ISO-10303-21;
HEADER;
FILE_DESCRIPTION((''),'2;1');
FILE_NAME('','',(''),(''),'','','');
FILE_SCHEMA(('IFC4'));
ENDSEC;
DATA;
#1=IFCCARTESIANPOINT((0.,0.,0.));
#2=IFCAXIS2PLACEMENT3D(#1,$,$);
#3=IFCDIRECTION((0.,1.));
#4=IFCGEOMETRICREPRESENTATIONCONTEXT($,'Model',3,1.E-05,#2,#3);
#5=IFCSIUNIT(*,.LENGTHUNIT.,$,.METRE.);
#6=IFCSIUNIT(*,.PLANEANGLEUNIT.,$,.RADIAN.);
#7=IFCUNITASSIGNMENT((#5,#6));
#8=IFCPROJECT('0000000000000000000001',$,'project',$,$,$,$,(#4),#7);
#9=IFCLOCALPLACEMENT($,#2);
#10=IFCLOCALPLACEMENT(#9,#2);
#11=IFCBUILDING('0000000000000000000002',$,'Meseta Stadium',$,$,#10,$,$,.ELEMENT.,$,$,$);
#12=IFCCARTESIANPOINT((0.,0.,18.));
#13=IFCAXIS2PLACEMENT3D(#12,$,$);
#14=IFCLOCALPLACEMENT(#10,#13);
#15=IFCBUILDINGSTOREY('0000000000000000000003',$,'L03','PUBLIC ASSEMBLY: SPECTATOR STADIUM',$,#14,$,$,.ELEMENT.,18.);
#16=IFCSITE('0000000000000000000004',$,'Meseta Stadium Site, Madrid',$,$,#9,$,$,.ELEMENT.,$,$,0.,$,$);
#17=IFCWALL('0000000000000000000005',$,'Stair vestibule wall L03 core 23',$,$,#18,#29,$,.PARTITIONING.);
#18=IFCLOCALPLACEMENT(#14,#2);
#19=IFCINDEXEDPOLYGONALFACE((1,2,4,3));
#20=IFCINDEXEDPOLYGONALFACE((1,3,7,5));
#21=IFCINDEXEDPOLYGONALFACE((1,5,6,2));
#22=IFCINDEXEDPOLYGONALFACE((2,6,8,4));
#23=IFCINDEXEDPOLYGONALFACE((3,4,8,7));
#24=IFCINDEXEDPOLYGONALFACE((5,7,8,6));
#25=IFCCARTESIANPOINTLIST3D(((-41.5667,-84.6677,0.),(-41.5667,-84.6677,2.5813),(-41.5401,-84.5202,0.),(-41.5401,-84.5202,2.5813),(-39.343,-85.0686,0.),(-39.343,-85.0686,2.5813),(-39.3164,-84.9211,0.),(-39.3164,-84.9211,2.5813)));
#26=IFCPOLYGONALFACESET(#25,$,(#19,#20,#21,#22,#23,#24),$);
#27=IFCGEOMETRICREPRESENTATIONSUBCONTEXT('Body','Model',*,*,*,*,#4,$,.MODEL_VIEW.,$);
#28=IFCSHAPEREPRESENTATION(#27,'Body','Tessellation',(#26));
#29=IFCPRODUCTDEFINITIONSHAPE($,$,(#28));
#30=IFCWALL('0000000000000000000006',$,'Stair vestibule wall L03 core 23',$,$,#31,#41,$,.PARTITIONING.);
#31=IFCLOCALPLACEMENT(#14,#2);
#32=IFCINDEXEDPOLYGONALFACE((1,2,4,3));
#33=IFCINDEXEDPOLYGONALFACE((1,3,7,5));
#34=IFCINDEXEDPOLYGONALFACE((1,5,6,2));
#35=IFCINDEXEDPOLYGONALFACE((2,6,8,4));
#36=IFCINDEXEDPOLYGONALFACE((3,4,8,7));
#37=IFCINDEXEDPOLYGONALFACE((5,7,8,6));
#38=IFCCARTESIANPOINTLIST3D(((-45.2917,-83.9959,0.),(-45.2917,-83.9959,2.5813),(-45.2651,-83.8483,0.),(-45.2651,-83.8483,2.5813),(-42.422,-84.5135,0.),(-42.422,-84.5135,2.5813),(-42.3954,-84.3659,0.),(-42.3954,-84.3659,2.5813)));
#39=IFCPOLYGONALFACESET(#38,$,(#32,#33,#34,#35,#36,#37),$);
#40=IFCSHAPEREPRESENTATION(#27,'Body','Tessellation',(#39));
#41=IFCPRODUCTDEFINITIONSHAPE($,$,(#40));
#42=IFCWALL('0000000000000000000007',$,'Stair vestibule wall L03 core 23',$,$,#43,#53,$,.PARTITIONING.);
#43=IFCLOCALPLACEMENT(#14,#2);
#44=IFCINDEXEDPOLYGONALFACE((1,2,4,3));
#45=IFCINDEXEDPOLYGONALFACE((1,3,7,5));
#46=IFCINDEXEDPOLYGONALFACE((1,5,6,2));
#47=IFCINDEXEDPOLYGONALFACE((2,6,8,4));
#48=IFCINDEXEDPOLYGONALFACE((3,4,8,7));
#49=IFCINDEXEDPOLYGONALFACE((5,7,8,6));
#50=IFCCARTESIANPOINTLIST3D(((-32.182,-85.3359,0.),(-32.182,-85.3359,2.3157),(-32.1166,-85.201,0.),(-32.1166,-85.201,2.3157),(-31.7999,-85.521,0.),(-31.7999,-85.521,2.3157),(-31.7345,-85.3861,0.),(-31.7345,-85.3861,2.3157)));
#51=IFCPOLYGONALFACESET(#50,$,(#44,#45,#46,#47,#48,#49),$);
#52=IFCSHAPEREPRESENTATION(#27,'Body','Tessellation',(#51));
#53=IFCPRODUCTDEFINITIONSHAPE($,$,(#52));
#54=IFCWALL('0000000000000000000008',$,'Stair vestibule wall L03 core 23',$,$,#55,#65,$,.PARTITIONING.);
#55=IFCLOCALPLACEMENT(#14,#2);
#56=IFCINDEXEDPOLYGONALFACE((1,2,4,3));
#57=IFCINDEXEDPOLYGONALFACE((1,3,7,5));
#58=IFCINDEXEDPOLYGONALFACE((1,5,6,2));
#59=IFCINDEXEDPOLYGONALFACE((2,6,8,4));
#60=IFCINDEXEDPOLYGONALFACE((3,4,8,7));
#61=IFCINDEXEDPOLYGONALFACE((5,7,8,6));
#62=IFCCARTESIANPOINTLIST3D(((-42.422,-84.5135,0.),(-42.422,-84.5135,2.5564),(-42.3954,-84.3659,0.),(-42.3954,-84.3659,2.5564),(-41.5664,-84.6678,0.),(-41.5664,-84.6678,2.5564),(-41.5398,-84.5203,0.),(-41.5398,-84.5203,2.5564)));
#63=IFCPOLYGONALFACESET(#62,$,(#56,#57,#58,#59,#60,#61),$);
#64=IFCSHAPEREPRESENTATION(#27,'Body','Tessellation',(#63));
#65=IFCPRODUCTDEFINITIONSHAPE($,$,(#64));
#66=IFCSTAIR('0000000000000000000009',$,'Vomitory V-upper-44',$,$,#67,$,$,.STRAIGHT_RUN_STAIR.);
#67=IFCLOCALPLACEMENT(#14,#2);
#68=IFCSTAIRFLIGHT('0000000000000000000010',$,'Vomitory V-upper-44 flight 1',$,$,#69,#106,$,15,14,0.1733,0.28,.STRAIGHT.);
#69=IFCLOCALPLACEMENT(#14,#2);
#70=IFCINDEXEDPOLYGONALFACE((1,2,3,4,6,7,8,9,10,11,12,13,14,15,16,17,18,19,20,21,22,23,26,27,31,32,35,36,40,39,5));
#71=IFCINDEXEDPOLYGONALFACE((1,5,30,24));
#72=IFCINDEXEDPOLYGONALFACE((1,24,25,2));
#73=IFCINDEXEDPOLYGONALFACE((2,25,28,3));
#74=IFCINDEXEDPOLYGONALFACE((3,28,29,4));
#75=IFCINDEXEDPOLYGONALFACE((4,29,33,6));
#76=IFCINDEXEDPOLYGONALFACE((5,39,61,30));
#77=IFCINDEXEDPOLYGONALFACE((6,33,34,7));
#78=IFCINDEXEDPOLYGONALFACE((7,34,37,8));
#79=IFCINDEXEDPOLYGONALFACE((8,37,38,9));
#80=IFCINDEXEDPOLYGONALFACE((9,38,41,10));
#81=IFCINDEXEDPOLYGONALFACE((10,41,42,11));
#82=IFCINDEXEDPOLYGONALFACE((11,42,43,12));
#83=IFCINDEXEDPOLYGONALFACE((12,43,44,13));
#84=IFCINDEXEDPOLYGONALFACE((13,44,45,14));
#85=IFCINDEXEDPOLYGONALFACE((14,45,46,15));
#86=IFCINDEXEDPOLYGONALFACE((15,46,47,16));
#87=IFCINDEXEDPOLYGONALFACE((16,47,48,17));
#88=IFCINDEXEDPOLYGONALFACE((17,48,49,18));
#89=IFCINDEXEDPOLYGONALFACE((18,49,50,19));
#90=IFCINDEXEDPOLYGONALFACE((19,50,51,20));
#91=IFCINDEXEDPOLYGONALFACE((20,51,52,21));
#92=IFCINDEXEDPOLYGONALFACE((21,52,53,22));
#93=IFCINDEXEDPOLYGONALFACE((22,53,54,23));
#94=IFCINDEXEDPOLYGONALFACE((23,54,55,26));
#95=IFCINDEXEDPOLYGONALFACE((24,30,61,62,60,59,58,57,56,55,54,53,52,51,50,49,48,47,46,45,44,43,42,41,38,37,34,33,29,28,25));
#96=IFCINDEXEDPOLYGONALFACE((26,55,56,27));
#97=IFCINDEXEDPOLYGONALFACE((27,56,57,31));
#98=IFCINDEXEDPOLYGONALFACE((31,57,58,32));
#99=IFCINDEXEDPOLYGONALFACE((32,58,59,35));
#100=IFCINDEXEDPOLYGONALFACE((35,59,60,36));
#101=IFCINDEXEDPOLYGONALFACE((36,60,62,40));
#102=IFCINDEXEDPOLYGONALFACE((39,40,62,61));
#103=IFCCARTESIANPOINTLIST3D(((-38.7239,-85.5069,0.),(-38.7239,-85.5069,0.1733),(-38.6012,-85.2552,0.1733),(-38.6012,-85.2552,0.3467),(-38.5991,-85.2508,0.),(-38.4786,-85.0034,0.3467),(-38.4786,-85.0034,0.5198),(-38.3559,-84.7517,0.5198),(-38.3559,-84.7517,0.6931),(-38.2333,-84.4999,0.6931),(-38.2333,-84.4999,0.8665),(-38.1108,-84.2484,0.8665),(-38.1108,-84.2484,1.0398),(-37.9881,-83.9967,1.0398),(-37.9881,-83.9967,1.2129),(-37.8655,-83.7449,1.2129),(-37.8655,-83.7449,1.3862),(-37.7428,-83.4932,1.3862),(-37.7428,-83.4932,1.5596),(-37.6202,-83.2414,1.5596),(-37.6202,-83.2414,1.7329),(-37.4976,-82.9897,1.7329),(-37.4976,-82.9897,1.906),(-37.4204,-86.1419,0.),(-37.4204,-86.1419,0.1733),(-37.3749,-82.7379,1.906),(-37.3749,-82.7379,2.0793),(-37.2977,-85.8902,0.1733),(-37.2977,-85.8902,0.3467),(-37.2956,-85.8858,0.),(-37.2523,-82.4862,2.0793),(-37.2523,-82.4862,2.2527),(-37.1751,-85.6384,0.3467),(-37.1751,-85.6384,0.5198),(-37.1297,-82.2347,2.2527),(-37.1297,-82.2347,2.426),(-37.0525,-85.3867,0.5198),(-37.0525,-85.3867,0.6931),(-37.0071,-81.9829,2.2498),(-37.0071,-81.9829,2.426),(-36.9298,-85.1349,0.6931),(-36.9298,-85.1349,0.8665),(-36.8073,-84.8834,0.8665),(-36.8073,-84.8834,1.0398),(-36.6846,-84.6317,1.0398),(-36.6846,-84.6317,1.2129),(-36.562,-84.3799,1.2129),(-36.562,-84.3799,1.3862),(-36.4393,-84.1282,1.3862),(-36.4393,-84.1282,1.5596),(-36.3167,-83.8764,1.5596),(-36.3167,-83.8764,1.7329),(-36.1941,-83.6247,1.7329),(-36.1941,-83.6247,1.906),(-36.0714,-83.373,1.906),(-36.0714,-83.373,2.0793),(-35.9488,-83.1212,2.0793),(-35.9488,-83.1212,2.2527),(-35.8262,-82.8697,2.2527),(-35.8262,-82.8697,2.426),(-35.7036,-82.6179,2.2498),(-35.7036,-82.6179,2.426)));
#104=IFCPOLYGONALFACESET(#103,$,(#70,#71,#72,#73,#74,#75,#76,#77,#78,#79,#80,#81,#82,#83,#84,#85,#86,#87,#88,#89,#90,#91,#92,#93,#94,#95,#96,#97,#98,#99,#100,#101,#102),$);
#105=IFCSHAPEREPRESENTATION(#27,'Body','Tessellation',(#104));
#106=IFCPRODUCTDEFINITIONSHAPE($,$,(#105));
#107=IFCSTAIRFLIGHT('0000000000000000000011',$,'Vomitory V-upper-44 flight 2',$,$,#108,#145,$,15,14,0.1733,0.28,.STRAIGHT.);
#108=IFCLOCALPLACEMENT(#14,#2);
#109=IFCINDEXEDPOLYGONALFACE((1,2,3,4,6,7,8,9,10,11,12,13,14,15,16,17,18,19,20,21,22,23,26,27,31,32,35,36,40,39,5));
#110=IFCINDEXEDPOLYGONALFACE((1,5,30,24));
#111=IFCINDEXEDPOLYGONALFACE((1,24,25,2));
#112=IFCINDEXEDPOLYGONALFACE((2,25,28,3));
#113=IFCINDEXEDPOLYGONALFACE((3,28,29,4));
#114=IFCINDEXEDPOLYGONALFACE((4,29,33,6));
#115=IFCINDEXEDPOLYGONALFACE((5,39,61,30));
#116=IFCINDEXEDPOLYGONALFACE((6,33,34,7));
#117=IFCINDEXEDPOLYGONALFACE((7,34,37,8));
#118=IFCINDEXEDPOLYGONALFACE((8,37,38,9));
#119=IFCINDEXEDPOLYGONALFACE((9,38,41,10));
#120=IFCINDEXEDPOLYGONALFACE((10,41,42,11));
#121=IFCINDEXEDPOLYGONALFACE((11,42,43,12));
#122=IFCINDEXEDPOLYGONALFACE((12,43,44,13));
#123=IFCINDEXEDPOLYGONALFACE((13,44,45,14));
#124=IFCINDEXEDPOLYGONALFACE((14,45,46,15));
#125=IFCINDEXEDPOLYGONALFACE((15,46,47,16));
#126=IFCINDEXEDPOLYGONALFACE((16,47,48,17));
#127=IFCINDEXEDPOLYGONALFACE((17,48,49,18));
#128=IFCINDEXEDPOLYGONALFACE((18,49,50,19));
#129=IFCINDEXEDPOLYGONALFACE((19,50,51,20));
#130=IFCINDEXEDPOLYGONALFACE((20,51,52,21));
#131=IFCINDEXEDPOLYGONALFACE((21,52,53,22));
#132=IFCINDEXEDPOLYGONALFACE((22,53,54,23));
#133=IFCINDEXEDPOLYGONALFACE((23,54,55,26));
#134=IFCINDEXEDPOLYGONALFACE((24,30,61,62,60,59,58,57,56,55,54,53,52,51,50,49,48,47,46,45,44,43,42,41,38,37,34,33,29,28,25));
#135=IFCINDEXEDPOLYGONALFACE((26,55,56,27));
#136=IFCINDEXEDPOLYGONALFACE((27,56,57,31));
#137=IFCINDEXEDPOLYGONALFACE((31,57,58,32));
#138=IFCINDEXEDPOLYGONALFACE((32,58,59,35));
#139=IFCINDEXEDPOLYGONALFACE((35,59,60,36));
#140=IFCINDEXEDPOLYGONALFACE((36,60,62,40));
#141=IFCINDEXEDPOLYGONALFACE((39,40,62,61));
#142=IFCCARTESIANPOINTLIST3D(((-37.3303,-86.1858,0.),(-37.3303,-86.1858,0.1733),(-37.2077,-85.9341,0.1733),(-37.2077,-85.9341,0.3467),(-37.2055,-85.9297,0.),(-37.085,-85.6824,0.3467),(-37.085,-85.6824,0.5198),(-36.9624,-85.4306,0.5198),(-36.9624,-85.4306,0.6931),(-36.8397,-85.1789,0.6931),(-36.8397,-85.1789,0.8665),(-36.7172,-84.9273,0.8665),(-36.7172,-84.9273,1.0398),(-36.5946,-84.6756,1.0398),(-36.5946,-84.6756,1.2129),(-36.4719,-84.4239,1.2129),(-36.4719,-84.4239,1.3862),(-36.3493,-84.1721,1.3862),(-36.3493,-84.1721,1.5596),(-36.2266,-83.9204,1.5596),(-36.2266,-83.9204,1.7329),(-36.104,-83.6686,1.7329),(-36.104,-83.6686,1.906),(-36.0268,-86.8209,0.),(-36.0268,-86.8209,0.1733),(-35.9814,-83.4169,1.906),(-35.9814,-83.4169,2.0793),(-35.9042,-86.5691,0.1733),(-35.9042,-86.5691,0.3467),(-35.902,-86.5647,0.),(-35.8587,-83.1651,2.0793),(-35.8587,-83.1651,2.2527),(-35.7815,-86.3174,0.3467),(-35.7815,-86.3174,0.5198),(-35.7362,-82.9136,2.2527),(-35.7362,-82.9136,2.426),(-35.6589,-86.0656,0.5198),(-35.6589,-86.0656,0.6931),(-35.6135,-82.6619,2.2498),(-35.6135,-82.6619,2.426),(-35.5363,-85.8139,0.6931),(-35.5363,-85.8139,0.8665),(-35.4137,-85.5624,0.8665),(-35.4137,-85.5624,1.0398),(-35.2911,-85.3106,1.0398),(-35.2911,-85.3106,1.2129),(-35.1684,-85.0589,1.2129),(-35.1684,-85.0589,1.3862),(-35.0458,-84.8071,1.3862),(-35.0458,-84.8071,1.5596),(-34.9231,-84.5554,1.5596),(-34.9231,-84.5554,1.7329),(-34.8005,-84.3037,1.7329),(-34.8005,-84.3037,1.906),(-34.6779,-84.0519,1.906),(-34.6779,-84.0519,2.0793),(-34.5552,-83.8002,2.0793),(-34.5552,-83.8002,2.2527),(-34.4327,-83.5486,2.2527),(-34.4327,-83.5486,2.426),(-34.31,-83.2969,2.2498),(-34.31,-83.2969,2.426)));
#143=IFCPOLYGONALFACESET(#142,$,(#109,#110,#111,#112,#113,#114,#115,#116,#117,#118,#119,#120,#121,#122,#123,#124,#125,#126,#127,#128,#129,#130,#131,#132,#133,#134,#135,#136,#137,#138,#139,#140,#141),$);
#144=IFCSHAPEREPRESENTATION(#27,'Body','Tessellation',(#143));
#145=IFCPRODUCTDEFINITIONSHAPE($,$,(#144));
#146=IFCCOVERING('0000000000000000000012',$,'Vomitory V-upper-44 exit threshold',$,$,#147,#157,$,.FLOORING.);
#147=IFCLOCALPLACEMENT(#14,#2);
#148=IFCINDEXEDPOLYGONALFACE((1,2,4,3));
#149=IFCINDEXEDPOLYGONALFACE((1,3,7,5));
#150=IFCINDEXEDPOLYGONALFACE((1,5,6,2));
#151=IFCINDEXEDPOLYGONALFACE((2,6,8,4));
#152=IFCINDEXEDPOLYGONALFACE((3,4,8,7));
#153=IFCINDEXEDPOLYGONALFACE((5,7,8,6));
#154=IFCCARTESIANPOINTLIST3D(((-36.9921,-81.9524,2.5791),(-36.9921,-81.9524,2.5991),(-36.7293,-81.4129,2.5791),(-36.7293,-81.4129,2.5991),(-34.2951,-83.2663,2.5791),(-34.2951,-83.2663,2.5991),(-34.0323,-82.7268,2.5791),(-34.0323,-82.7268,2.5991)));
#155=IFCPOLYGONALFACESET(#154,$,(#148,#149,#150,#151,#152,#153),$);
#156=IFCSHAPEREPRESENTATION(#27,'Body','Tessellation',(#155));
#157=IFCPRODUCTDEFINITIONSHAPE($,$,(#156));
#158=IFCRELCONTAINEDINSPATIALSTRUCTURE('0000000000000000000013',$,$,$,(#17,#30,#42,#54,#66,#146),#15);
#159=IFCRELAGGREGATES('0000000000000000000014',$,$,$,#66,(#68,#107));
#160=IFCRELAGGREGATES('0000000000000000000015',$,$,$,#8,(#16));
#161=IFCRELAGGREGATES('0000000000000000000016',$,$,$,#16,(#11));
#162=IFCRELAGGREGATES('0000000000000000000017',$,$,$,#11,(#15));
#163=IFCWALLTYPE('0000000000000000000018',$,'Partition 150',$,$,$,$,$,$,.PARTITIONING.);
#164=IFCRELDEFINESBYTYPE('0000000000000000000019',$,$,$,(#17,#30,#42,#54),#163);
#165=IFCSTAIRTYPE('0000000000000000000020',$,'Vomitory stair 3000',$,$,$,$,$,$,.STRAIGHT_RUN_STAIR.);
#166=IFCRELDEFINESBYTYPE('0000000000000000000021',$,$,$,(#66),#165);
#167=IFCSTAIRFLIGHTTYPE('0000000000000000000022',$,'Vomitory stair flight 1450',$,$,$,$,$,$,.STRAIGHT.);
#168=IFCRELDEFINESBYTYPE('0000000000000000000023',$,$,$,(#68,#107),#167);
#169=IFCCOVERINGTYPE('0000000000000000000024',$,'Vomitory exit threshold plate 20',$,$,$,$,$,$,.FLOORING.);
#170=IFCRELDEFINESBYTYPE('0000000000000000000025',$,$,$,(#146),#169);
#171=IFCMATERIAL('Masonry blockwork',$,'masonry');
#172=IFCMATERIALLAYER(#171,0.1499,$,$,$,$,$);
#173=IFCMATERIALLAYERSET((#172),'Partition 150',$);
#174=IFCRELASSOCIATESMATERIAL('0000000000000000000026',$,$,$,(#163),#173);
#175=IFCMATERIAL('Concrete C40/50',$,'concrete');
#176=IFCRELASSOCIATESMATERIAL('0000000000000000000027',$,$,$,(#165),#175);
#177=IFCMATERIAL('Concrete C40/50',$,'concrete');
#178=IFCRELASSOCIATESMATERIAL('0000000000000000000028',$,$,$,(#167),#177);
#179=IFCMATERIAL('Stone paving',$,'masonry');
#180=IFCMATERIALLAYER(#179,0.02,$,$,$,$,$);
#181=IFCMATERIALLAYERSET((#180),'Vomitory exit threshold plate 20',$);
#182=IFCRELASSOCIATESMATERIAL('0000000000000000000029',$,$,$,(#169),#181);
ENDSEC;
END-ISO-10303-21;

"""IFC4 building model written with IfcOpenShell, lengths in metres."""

from ifc_helpers import new_model, si_unit, direction, frame, frame_2d, origin, origin_2d, place, context, subcontext, project, spatial, polyline, rectangle, outline, extrude, material, layer, layer_set, type_object, element, aggregate, save


model = new_model("IFC4")

# Units and contexts
model_context = context("Model", 3, precision=1e-05, world=origin(), true_north=direction((0.0, 1.0)))
body_context = subcontext(model_context, "Body", "Model", "MODEL_VIEW")
ifc_project = project(units=[si_unit("LENGTHUNIT", "METRE"), si_unit("PLANEANGLEUNIT", "RADIAN")], contexts=[model_context])

# Site, building, storey
site_placement = place(None, origin())
site = spatial("IfcSite", under=ifc_project, at=site_placement, Name="Meseta Stadium Site, Madrid", CompositionType="ELEMENT", RefElevation=0.0)
building_placement = place(site_placement, origin())
building = spatial("IfcBuilding", under=site, at=building_placement, Name="Meseta Stadium", CompositionType="ELEMENT")
storey_placement = place(building_placement, frame((0.0, 0.0, 18.0)))
storey = spatial("IfcBuildingStorey", under=building, at=storey_placement, Name="L03", Description="PUBLIC ASSEMBLY: SPECTATOR STADIUM", CompositionType="ELEMENT", Elevation=18.0)

# Walls
ifc_material_1 = material(Name="Masonry blockwork", Category="masonry")
ifc_layer_1 = layer(ifc_material_1, 0.1499)
ifc_layer_set_1 = layer_set([ifc_layer_1], Name="Partition 150")
wall_type = type_object("IfcWallType", Name="Partition 150", PredefinedType="PARTITIONING", material=ifc_layer_set_1)
wall_1_placement = place(storey_placement, frame((-39.3296, -84.9949, 0.0), z_axis=(0.0, 0.0, 1.0), x_axis=(-0.984135, 0.177421, 0.0)))
element("IfcWall", 1, at=wall_1_placement, inside=storey, type_object=wall_type, Name="Stair vestibule wall L03 core 23", PredefinedType="PARTITIONING", context=body_context, shape_type="SweptSolid", body=[
    extrude(rectangle(XDim=2.2595, YDim=0.1499, at=frame_2d((1.1299, 0.0))), origin(), (0.0, 0.0, 1.0), 2.5813),
])
wall_2_placement = place(storey_placement, frame((-42.4087, -84.4397, 0.0), z_axis=(0.0, 0.0, 1.0), x_axis=(-0.984121, 0.1775, 0.0)))
element("IfcWall", 2, at=wall_2_placement, inside=storey, type_object=wall_type, Name="Stair vestibule wall L03 core 23", PredefinedType="PARTITIONING", context=body_context, shape_type="SweptSolid", body=[
    extrude(rectangle(XDim=2.916, YDim=0.1499, at=frame_2d((1.458, 0.0))), origin(), (0.0, 0.0, 1.0), 2.5813),
])
wall_3_placement = place(storey_placement, frame((-31.7671, -85.4536, 0.0), z_axis=(0.0, 0.0, 1.0), x_axis=(-0.899992, 0.435907, 0.0)))
element("IfcWall", 3, at=wall_3_placement, inside=storey, type_object=wall_type, Name="Stair vestibule wall L03 core 23", PredefinedType="PARTITIONING", context=body_context, shape_type="SweptSolid", body=[
    extrude(rectangle(XDim=0.4246, YDim=0.1499, at=frame_2d((0.2124, 0.0))), origin(), (0.0, 0.0, 1.0), 2.3157),
])
wall_4_placement = place(storey_placement, frame((-41.5532, -84.594, 0.0), z_axis=(0.0, 0.0, 1.0), x_axis=(-0.984121, 0.177501, 0.0)))
element("IfcWall", 4, at=wall_4_placement, inside=storey, type_object=wall_type, Name="Stair vestibule wall L03 core 23", PredefinedType="PARTITIONING", context=body_context, shape_type="SweptSolid", body=[
    extrude(rectangle(XDim=0.8694, YDim=0.1499, at=frame_2d((0.4346, 0.0))), origin(), (0.0, 0.0, 1.0), 2.5564),
])

# Stair, stair flights
ifc_material_2 = material(Name="Concrete C40/50", Category="concrete")
stair_type = type_object("IfcStairType", Name="Vomitory stair 3000", PredefinedType="STRAIGHT_RUN_STAIR", material=ifc_material_2)
stair_placement = place(storey_placement, origin())
stair = element("IfcStair", 5, at=stair_placement, inside=storey, type_object=stair_type, Name="Vomitory V-upper-44", PredefinedType="STRAIGHT_RUN_STAIR")
ifc_material_3 = material(Name="Concrete C40/50", Category="concrete")
stair_flight_type = type_object("IfcStairFlightType", Name="Vomitory stair flight 1450", PredefinedType="STRAIGHT", material=ifc_material_3)
stair_flight_1_placement = place(storey_placement, frame((-38.072, -85.8245, 0.0), z_axis=(0.0, 0.0, 1.0), x_axis=(0.437966, 0.898991, 0.0)))
stair_flight_1 = element("IfcStairFlight", 6, at=stair_flight_1_placement, type_object=stair_flight_type, Name="Vomitory V-upper-44 flight 1", NumberOfRisers=15, NumberOfTreads=14, PredefinedType="STRAIGHT", RiserHeight=0.1733, TreadLength=0.28, context=body_context, shape_type="SweptSolid", body=[
    extrude(outline(polyline([(0.0, 0.0), (0.0, 0.1733), (0.28, 0.1733), (0.28, 0.3467), (0.5601, 0.3467), (0.5601, 0.5198), (0.8401, 0.5198), (0.8401, 0.6931), (1.1201, 0.6931), (1.1201, 0.8665), (1.3999, 0.8665), (1.3999, 1.0398), (1.6799, 1.0398), (1.6799, 1.2129), (1.96, 1.2129), (1.96, 1.3862), (2.24, 1.3862), (2.24, 1.5596), (2.52, 1.5596), (2.52, 1.7329), (2.8, 1.7329), (2.8, 1.906), (3.0801, 1.906), (3.0801, 2.0793), (3.3601, 2.0793), (3.3601, 2.2527), (3.6399, 2.2527), (3.6399, 2.426), (3.9199, 2.426), (3.9199, 2.2498), (0.2849, 0.0), (0.0, 0.0)])), frame((0.0, 0.7251, 0.0), z_axis=(0.0, -1.0, 0.0), x_axis=(1.0, 0.0, 0.0)), (0.0, 0.0, 1.0), 1.45),
])
stair_flight_2_placement = place(storey_placement, frame((-36.6785, -86.5034, 0.0), z_axis=(0.0, 0.0, 1.0), x_axis=(0.437966, 0.898991, 0.0)))
stair_flight_2 = element("IfcStairFlight", 7, at=stair_flight_2_placement, type_object=stair_flight_type, Name="Vomitory V-upper-44 flight 2", NumberOfRisers=15, NumberOfTreads=14, PredefinedType="STRAIGHT", RiserHeight=0.1733, TreadLength=0.28, context=body_context, shape_type="SweptSolid", body=[
    extrude(outline(polyline([(0.0, 0.0), (0.0, 0.1733), (0.28, 0.1733), (0.28, 0.3467), (0.5601, 0.3467), (0.5601, 0.5198), (0.8401, 0.5198), (0.8401, 0.6931), (1.1201, 0.6931), (1.1201, 0.8665), (1.3999, 0.8665), (1.3999, 1.0398), (1.6799, 1.0398), (1.6799, 1.2129), (1.96, 1.2129), (1.96, 1.3862), (2.24, 1.3862), (2.24, 1.5596), (2.52, 1.5596), (2.52, 1.7329), (2.8, 1.7329), (2.8, 1.906), (3.0801, 1.906), (3.0801, 2.0793), (3.3601, 2.0793), (3.3601, 2.2527), (3.6399, 2.2527), (3.6399, 2.426), (3.9199, 2.426), (3.9199, 2.2498), (0.2849, 0.0), (0.0, 0.0)])), frame((0.0, 0.7251, 0.0), z_axis=(0.0, -1.0, 0.0), x_axis=(1.0, 0.0, 0.0)), (0.0, 0.0, 1.0), 1.45),
])
aggregate(stair, [stair_flight_1, stair_flight_2])

# Covering
ifc_material_4 = material(Name="Stone paving", Category="masonry")
ifc_layer_2 = layer(ifc_material_4, 0.02)
ifc_layer_set_2 = layer_set([ifc_layer_2], Name="Vomitory exit threshold plate 20")
covering_type = type_object("IfcCoveringType", Name="Vomitory exit threshold plate 20", PredefinedType="FLOORING", material=ifc_layer_set_2)
covering_placement = place(storey_placement, frame((-35.5122, -82.3396, 2.5791), z_axis=(0.0, 0.0, 1.0), x_axis=(0.437966, 0.898991, 0.0)))
element("IfcCovering", 8, at=covering_placement, inside=storey, type_object=covering_type, Name="Vomitory V-upper-44 exit threshold", PredefinedType="FLOORING", context=body_context, shape_type="SweptSolid", body=[
    extrude(rectangle(XDim=0.6001, YDim=3.0, at=origin_2d()), origin(), (0.0, 0.0, 1.0), 0.02),
])

save(model, "model.ifc")
